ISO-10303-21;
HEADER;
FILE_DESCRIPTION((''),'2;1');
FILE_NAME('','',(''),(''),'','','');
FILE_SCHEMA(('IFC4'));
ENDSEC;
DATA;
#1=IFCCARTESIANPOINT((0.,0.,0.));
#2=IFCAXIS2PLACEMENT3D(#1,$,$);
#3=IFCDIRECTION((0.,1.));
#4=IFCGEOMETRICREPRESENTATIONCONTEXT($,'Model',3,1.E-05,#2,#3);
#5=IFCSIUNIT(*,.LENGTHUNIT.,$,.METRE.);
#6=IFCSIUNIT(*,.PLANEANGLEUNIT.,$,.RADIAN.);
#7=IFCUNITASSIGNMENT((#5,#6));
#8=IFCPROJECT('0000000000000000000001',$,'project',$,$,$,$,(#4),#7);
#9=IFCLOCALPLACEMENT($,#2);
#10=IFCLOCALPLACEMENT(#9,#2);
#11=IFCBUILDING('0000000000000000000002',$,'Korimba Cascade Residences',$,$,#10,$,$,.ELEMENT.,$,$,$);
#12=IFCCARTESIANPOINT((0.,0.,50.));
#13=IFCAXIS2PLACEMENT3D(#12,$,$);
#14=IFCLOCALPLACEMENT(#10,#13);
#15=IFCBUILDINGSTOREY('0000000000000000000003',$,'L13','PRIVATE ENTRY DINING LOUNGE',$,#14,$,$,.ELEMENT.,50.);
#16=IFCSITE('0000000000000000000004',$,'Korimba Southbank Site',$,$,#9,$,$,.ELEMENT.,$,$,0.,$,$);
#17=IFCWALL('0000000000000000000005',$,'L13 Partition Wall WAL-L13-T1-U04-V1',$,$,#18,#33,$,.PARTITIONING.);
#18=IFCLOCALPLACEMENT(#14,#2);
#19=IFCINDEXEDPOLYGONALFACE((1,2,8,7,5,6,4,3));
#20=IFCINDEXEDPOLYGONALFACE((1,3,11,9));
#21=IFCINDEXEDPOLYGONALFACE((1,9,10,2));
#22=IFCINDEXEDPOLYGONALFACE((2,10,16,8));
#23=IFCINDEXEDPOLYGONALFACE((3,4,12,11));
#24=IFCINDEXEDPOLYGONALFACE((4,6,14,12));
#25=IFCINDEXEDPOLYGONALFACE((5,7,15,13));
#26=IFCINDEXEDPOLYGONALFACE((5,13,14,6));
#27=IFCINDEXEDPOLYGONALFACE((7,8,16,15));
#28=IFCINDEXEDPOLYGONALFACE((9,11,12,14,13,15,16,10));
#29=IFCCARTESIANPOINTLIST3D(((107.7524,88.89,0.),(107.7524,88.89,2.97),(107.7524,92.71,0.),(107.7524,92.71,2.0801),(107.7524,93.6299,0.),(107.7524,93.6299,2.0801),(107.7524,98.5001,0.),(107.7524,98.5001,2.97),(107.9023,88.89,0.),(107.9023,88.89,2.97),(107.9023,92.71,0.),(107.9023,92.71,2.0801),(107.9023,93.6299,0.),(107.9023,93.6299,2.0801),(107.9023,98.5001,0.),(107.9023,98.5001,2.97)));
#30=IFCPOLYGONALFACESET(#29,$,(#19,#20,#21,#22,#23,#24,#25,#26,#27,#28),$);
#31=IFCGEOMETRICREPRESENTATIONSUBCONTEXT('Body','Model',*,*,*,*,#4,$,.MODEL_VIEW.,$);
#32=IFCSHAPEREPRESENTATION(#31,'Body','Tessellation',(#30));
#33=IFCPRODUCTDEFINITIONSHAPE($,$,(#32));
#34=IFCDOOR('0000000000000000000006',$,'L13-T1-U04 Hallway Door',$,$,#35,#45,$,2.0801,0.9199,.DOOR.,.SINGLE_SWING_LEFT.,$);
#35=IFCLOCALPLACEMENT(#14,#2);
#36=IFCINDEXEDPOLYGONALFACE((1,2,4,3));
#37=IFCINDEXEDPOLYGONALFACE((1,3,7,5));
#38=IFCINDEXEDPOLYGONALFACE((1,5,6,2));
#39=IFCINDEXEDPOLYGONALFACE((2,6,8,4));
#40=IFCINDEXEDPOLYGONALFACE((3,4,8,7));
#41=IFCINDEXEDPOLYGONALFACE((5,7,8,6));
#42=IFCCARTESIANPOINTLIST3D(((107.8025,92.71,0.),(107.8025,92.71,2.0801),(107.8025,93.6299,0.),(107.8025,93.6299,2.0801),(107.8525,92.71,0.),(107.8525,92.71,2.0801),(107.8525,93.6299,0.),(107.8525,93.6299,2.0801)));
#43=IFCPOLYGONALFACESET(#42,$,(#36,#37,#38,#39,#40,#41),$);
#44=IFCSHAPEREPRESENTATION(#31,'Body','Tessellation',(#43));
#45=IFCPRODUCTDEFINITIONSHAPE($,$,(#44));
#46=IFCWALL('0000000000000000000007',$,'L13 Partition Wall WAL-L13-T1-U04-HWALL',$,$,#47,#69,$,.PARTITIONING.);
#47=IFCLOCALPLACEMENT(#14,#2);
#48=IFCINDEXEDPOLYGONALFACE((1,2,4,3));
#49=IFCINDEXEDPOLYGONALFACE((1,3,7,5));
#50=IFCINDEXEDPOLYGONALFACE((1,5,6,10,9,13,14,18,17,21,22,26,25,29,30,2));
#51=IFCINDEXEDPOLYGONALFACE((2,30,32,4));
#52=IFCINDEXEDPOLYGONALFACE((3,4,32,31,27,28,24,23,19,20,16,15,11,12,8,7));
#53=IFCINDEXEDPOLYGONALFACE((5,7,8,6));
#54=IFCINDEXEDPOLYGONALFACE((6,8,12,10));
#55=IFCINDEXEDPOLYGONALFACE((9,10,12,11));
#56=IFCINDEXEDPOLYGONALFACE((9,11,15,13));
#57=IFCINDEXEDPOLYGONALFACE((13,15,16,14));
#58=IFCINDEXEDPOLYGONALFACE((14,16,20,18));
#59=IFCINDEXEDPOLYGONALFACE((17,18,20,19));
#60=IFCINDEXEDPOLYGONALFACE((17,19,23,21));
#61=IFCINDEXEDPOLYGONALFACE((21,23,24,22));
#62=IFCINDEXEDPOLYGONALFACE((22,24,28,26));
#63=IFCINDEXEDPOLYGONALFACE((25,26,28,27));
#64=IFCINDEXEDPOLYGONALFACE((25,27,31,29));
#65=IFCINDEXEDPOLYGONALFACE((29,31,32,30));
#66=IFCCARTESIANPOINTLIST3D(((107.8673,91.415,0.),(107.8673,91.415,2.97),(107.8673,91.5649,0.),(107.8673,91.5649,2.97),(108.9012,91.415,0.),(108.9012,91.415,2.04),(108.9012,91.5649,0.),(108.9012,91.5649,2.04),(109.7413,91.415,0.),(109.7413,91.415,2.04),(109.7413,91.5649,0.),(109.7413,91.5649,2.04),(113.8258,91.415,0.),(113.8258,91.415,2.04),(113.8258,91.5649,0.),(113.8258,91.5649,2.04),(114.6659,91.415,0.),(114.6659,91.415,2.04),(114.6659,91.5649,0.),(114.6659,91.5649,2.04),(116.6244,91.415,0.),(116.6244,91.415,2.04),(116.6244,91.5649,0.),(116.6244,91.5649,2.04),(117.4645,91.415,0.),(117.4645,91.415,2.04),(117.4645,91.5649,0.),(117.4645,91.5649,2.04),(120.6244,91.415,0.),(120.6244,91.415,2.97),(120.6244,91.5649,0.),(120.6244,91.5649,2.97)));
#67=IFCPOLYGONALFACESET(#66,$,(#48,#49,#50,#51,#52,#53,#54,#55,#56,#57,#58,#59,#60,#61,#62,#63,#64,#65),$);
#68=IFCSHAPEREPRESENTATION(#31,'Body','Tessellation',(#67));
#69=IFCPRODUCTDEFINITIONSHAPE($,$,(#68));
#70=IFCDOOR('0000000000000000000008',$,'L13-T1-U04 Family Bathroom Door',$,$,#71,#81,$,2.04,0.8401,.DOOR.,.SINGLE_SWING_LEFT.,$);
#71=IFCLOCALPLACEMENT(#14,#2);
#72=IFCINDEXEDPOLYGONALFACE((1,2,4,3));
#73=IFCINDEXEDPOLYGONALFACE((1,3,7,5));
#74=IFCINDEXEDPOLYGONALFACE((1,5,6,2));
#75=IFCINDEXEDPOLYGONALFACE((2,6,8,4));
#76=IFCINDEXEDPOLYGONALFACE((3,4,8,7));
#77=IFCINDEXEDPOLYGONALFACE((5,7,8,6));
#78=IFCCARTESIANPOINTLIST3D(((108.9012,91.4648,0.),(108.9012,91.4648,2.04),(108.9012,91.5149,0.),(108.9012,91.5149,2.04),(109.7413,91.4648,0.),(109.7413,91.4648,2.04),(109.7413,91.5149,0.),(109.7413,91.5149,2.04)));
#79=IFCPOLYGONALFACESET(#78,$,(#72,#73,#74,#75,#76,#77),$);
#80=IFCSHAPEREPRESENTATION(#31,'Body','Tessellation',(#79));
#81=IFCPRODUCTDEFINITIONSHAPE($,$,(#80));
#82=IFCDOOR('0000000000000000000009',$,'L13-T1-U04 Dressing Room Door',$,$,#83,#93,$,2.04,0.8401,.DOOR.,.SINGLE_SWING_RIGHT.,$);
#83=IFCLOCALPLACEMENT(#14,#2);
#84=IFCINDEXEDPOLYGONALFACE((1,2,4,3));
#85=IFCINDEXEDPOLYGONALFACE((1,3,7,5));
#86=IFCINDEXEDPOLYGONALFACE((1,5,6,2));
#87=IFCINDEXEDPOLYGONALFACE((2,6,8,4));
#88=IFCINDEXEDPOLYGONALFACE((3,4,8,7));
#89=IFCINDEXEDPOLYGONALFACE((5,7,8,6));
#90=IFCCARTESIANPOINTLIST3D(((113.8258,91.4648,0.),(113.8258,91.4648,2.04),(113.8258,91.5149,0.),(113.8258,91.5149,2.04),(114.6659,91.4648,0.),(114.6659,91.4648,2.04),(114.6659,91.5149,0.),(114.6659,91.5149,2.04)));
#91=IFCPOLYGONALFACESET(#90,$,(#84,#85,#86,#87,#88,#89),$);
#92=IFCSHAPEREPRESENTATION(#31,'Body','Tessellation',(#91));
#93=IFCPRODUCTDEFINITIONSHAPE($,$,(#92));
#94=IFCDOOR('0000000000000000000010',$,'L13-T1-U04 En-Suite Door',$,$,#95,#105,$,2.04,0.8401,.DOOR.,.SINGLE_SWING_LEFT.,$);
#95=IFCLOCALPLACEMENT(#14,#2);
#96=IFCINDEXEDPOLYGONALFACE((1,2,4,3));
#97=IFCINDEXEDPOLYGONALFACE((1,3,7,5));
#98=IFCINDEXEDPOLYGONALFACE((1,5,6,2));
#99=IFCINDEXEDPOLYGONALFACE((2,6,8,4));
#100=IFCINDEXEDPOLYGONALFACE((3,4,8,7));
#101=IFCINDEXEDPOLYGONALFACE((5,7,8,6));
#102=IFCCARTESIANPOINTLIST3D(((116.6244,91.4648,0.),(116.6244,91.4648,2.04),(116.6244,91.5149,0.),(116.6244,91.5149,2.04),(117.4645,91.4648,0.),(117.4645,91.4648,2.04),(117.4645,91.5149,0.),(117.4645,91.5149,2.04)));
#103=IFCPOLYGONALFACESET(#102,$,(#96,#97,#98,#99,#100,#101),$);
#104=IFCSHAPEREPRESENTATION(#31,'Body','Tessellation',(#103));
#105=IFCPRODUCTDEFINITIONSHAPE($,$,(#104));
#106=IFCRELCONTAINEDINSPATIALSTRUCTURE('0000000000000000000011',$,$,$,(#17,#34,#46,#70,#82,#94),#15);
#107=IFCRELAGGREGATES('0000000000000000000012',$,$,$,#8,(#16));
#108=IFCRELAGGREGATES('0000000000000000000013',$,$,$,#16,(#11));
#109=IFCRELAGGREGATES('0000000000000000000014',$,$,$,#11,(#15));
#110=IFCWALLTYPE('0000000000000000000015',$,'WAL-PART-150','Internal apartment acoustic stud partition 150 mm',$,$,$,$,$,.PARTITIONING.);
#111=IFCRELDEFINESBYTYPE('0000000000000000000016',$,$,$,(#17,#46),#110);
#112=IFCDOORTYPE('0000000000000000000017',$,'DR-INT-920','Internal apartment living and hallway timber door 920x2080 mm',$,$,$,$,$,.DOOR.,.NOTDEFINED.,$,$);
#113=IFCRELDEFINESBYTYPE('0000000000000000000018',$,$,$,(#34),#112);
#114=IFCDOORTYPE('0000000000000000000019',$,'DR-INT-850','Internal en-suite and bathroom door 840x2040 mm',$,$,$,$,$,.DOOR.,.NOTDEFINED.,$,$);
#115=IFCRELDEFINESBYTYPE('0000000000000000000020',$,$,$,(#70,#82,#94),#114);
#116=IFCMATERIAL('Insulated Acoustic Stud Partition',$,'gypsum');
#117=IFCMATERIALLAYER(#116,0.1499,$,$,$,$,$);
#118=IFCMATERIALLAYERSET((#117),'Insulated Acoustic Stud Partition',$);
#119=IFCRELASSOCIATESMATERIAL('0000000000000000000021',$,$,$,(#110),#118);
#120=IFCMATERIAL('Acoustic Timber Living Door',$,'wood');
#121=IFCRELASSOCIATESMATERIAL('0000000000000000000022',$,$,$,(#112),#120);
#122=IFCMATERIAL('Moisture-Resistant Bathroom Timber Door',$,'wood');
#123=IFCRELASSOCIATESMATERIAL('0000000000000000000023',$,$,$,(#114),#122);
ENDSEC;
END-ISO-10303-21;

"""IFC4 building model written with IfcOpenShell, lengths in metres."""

from ifc_helpers import new_model, si_unit, direction, frame, frame_2d, origin, place, context, subcontext, project, spatial, rectangle, extrude, material, layer, layer_set, type_object, element, fill, save


model = new_model("IFC4")

# Units and contexts
model_context = context("Model", 3, precision=1e-05, world=origin(), true_north=direction((0.0, 1.0)))
body_context = subcontext(model_context, "Body", "Model", "MODEL_VIEW")
ifc_project = project(units=[si_unit("LENGTHUNIT", "METRE"), si_unit("PLANEANGLEUNIT", "RADIAN")], contexts=[model_context])

# Site, building, storey
site_placement = place(None, origin())
site = spatial("IfcSite", under=ifc_project, at=site_placement, Name="Korimba Southbank Site", CompositionType="ELEMENT", RefElevation=0.0)
building_placement = place(site_placement, origin())
building = spatial("IfcBuilding", under=site, at=building_placement, Name="Korimba Cascade Residences", CompositionType="ELEMENT")
storey_placement = place(building_placement, frame((0.0, 0.0, 50.0)))
storey = spatial("IfcBuildingStorey", under=building, at=storey_placement, Name="L13", Description="PRIVATE ENTRY DINING LOUNGE", CompositionType="ELEMENT", Elevation=50.0)

# Shared definitions
ifc_material_1 = material(Name="Insulated Acoustic Stud Partition", Category="gypsum")
ifc_layer = layer(ifc_material_1, 0.1499)
ifc_layer_set = layer_set([ifc_layer], Name="Insulated Acoustic Stud Partition")
wall_type = type_object("IfcWallType", Name="WAL-PART-150", Description="Internal apartment acoustic stud partition 150 mm", PredefinedType="PARTITIONING", material=ifc_layer_set)
ifc_material_2 = material(Name="Acoustic Timber Living Door", Category="wood")
door_type_1 = type_object("IfcDoorType", Name="DR-INT-920", Description="Internal apartment living and hallway timber door 920x2080 mm", OperationType="NOTDEFINED", PredefinedType="DOOR", material=ifc_material_2)

# Wall, opening, door
wall_1_placement = place(storey_placement, frame((107.8274, 88.8899, 0.0), z_axis=(0.0, 0.0, 1.0), x_axis=(0.0, 1.0, 0.0)))
wall_1 = element("IfcWall", 1, at=wall_1_placement, inside=storey, type_object=wall_type, Name="L13 Partition Wall WAL-L13-T1-U04-V1", PredefinedType="PARTITIONING", context=body_context, shape_type="SweptSolid", body=[
    extrude(rectangle(XDim=9.6101, YDim=0.1499, at=frame_2d((4.8052, 0.0))), origin(), (0.0, 0.0, 1.0), 2.97),
])
opening_1_placement = place(wall_1_placement, frame((3.8201, 0.0, 0.0)))
opening_1 = element("IfcOpeningElement", 2, at=opening_1_placement, cuts=wall_1, PredefinedType="OPENING", context=body_context, shape_type="SweptSolid", body=[
    extrude(rectangle(XDim=0.9199, YDim=2.0801, at=frame_2d((0.46, 1.04))), frame((0.0, 0.085, 0.0), z_axis=(0.0, -1.0, 0.0), x_axis=(1.0, 0.0, 0.0)), (0.0, 0.0, 1.0), 0.1699),
])
door_1_placement = place(opening_1_placement, origin())
door_1 = element("IfcDoor", 3, at=door_1_placement, inside=storey, type_object=door_type_1, Name="L13-T1-U04 Hallway Door", OperationType="SINGLE_SWING_LEFT", OverallHeight=2.0801, OverallWidth=0.9199, PredefinedType="DOOR", context=body_context, shape_type="SweptSolid", body=[
    extrude(rectangle(XDim=0.9199, YDim=2.0801, at=frame_2d((0.46, 1.04))), frame((0.0, 0.0249, 0.0), z_axis=(0.0, -1.0, 0.0), x_axis=(1.0, 0.0, 0.0)), (0.0, 0.0, 1.0), 0.05),
])
fill(opening_1, door_1)

# Wall, openings, doors
wall_2_placement = place(storey_placement, frame((107.8674, 91.49, 0.0), z_axis=(0.0, 0.0, 1.0), x_axis=(1.0, 0.0, 0.0)))
wall_2 = element("IfcWall", 4, at=wall_2_placement, inside=storey, type_object=wall_type, Name="L13 Partition Wall WAL-L13-T1-U04-HWALL", PredefinedType="PARTITIONING", context=body_context, shape_type="SweptSolid", body=[
    extrude(rectangle(XDim=12.7571, YDim=0.1499, at=frame_2d((6.3784, 0.0))), origin(), (0.0, 0.0, 1.0), 2.97),
])
opening_2_placement = place(wall_2_placement, frame((1.0339, 0.0, 0.0)))
opening_2 = element("IfcOpeningElement", 5, at=opening_2_placement, cuts=wall_2, PredefinedType="OPENING", context=body_context, shape_type="SweptSolid", body=[
    extrude(rectangle(XDim=0.8401, YDim=2.04, at=frame_2d((0.4199, 1.02))), frame((0.0, 0.085, 0.0), z_axis=(0.0, -1.0, 0.0), x_axis=(1.0, 0.0, 0.0)), (0.0, 0.0, 1.0), 0.1699),
])
opening_3_placement = place(wall_2_placement, frame((5.9585, 0.0, 0.0)))
opening_3 = element("IfcOpeningElement", 6, at=opening_3_placement, cuts=wall_2, PredefinedType="OPENING", context=body_context, shape_type="SweptSolid", body=[
    extrude(rectangle(XDim=0.8401, YDim=2.04, at=frame_2d((0.4199, 1.02))), frame((0.0, 0.085, 0.0), z_axis=(0.0, -1.0, 0.0), x_axis=(1.0, 0.0, 0.0)), (0.0, 0.0, 1.0), 0.1699),
])
opening_4_placement = place(wall_2_placement, frame((8.7571, 0.0, 0.0)))
opening_4 = element("IfcOpeningElement", 7, at=opening_4_placement, cuts=wall_2, PredefinedType="OPENING", context=body_context, shape_type="SweptSolid", body=[
    extrude(rectangle(XDim=0.8401, YDim=2.04, at=frame_2d((0.4199, 1.02))), frame((0.0, 0.085, 0.0), z_axis=(0.0, -1.0, 0.0), x_axis=(1.0, 0.0, 0.0)), (0.0, 0.0, 1.0), 0.1699),
])
ifc_material_3 = material(Name="Moisture-Resistant Bathroom Timber Door", Category="wood")
door_type_2 = type_object("IfcDoorType", Name="DR-INT-850", Description="Internal en-suite and bathroom door 840x2040 mm", OperationType="NOTDEFINED", PredefinedType="DOOR", material=ifc_material_3)
door_2_placement = place(opening_2_placement, origin())
door_2 = element("IfcDoor", 8, at=door_2_placement, inside=storey, type_object=door_type_2, Name="L13-T1-U04 Family Bathroom Door", OperationType="SINGLE_SWING_LEFT", OverallHeight=2.04, OverallWidth=0.8401, PredefinedType="DOOR", context=body_context, shape_type="SweptSolid", body=[
    extrude(rectangle(XDim=0.8401, YDim=2.04, at=frame_2d((0.4199, 1.02))), frame((0.0, 0.0249, 0.0), z_axis=(0.0, -1.0, 0.0), x_axis=(1.0, 0.0, 0.0)), (0.0, 0.0, 1.0), 0.05),
])
fill(opening_2, door_2)
door_3_placement = place(opening_3_placement, origin())
door_3 = element("IfcDoor", 9, at=door_3_placement, inside=storey, type_object=door_type_2, Name="L13-T1-U04 Dressing Room Door", OperationType="SINGLE_SWING_RIGHT", OverallHeight=2.04, OverallWidth=0.8401, PredefinedType="DOOR", context=body_context, shape_type="SweptSolid", body=[
    extrude(rectangle(XDim=0.8401, YDim=2.04, at=frame_2d((0.4199, 1.02))), frame((0.0, 0.0249, 0.0), z_axis=(0.0, -1.0, 0.0), x_axis=(1.0, 0.0, 0.0)), (0.0, 0.0, 1.0), 0.05),
])
fill(opening_3, door_3)
door_4_placement = place(opening_4_placement, origin())
door_4 = element("IfcDoor", 10, at=door_4_placement, inside=storey, type_object=door_type_2, Name="L13-T1-U04 En-Suite Door", OperationType="SINGLE_SWING_LEFT", OverallHeight=2.04, OverallWidth=0.8401, PredefinedType="DOOR", context=body_context, shape_type="SweptSolid", body=[
    extrude(rectangle(XDim=0.8401, YDim=2.04, at=frame_2d((0.4199, 1.02))), frame((0.0, 0.0249, 0.0), z_axis=(0.0, -1.0, 0.0), x_axis=(1.0, 0.0, 0.0)), (0.0, 0.0, 1.0), 0.05),
])
fill(opening_4, door_4)

save(model, "model.ifc")
